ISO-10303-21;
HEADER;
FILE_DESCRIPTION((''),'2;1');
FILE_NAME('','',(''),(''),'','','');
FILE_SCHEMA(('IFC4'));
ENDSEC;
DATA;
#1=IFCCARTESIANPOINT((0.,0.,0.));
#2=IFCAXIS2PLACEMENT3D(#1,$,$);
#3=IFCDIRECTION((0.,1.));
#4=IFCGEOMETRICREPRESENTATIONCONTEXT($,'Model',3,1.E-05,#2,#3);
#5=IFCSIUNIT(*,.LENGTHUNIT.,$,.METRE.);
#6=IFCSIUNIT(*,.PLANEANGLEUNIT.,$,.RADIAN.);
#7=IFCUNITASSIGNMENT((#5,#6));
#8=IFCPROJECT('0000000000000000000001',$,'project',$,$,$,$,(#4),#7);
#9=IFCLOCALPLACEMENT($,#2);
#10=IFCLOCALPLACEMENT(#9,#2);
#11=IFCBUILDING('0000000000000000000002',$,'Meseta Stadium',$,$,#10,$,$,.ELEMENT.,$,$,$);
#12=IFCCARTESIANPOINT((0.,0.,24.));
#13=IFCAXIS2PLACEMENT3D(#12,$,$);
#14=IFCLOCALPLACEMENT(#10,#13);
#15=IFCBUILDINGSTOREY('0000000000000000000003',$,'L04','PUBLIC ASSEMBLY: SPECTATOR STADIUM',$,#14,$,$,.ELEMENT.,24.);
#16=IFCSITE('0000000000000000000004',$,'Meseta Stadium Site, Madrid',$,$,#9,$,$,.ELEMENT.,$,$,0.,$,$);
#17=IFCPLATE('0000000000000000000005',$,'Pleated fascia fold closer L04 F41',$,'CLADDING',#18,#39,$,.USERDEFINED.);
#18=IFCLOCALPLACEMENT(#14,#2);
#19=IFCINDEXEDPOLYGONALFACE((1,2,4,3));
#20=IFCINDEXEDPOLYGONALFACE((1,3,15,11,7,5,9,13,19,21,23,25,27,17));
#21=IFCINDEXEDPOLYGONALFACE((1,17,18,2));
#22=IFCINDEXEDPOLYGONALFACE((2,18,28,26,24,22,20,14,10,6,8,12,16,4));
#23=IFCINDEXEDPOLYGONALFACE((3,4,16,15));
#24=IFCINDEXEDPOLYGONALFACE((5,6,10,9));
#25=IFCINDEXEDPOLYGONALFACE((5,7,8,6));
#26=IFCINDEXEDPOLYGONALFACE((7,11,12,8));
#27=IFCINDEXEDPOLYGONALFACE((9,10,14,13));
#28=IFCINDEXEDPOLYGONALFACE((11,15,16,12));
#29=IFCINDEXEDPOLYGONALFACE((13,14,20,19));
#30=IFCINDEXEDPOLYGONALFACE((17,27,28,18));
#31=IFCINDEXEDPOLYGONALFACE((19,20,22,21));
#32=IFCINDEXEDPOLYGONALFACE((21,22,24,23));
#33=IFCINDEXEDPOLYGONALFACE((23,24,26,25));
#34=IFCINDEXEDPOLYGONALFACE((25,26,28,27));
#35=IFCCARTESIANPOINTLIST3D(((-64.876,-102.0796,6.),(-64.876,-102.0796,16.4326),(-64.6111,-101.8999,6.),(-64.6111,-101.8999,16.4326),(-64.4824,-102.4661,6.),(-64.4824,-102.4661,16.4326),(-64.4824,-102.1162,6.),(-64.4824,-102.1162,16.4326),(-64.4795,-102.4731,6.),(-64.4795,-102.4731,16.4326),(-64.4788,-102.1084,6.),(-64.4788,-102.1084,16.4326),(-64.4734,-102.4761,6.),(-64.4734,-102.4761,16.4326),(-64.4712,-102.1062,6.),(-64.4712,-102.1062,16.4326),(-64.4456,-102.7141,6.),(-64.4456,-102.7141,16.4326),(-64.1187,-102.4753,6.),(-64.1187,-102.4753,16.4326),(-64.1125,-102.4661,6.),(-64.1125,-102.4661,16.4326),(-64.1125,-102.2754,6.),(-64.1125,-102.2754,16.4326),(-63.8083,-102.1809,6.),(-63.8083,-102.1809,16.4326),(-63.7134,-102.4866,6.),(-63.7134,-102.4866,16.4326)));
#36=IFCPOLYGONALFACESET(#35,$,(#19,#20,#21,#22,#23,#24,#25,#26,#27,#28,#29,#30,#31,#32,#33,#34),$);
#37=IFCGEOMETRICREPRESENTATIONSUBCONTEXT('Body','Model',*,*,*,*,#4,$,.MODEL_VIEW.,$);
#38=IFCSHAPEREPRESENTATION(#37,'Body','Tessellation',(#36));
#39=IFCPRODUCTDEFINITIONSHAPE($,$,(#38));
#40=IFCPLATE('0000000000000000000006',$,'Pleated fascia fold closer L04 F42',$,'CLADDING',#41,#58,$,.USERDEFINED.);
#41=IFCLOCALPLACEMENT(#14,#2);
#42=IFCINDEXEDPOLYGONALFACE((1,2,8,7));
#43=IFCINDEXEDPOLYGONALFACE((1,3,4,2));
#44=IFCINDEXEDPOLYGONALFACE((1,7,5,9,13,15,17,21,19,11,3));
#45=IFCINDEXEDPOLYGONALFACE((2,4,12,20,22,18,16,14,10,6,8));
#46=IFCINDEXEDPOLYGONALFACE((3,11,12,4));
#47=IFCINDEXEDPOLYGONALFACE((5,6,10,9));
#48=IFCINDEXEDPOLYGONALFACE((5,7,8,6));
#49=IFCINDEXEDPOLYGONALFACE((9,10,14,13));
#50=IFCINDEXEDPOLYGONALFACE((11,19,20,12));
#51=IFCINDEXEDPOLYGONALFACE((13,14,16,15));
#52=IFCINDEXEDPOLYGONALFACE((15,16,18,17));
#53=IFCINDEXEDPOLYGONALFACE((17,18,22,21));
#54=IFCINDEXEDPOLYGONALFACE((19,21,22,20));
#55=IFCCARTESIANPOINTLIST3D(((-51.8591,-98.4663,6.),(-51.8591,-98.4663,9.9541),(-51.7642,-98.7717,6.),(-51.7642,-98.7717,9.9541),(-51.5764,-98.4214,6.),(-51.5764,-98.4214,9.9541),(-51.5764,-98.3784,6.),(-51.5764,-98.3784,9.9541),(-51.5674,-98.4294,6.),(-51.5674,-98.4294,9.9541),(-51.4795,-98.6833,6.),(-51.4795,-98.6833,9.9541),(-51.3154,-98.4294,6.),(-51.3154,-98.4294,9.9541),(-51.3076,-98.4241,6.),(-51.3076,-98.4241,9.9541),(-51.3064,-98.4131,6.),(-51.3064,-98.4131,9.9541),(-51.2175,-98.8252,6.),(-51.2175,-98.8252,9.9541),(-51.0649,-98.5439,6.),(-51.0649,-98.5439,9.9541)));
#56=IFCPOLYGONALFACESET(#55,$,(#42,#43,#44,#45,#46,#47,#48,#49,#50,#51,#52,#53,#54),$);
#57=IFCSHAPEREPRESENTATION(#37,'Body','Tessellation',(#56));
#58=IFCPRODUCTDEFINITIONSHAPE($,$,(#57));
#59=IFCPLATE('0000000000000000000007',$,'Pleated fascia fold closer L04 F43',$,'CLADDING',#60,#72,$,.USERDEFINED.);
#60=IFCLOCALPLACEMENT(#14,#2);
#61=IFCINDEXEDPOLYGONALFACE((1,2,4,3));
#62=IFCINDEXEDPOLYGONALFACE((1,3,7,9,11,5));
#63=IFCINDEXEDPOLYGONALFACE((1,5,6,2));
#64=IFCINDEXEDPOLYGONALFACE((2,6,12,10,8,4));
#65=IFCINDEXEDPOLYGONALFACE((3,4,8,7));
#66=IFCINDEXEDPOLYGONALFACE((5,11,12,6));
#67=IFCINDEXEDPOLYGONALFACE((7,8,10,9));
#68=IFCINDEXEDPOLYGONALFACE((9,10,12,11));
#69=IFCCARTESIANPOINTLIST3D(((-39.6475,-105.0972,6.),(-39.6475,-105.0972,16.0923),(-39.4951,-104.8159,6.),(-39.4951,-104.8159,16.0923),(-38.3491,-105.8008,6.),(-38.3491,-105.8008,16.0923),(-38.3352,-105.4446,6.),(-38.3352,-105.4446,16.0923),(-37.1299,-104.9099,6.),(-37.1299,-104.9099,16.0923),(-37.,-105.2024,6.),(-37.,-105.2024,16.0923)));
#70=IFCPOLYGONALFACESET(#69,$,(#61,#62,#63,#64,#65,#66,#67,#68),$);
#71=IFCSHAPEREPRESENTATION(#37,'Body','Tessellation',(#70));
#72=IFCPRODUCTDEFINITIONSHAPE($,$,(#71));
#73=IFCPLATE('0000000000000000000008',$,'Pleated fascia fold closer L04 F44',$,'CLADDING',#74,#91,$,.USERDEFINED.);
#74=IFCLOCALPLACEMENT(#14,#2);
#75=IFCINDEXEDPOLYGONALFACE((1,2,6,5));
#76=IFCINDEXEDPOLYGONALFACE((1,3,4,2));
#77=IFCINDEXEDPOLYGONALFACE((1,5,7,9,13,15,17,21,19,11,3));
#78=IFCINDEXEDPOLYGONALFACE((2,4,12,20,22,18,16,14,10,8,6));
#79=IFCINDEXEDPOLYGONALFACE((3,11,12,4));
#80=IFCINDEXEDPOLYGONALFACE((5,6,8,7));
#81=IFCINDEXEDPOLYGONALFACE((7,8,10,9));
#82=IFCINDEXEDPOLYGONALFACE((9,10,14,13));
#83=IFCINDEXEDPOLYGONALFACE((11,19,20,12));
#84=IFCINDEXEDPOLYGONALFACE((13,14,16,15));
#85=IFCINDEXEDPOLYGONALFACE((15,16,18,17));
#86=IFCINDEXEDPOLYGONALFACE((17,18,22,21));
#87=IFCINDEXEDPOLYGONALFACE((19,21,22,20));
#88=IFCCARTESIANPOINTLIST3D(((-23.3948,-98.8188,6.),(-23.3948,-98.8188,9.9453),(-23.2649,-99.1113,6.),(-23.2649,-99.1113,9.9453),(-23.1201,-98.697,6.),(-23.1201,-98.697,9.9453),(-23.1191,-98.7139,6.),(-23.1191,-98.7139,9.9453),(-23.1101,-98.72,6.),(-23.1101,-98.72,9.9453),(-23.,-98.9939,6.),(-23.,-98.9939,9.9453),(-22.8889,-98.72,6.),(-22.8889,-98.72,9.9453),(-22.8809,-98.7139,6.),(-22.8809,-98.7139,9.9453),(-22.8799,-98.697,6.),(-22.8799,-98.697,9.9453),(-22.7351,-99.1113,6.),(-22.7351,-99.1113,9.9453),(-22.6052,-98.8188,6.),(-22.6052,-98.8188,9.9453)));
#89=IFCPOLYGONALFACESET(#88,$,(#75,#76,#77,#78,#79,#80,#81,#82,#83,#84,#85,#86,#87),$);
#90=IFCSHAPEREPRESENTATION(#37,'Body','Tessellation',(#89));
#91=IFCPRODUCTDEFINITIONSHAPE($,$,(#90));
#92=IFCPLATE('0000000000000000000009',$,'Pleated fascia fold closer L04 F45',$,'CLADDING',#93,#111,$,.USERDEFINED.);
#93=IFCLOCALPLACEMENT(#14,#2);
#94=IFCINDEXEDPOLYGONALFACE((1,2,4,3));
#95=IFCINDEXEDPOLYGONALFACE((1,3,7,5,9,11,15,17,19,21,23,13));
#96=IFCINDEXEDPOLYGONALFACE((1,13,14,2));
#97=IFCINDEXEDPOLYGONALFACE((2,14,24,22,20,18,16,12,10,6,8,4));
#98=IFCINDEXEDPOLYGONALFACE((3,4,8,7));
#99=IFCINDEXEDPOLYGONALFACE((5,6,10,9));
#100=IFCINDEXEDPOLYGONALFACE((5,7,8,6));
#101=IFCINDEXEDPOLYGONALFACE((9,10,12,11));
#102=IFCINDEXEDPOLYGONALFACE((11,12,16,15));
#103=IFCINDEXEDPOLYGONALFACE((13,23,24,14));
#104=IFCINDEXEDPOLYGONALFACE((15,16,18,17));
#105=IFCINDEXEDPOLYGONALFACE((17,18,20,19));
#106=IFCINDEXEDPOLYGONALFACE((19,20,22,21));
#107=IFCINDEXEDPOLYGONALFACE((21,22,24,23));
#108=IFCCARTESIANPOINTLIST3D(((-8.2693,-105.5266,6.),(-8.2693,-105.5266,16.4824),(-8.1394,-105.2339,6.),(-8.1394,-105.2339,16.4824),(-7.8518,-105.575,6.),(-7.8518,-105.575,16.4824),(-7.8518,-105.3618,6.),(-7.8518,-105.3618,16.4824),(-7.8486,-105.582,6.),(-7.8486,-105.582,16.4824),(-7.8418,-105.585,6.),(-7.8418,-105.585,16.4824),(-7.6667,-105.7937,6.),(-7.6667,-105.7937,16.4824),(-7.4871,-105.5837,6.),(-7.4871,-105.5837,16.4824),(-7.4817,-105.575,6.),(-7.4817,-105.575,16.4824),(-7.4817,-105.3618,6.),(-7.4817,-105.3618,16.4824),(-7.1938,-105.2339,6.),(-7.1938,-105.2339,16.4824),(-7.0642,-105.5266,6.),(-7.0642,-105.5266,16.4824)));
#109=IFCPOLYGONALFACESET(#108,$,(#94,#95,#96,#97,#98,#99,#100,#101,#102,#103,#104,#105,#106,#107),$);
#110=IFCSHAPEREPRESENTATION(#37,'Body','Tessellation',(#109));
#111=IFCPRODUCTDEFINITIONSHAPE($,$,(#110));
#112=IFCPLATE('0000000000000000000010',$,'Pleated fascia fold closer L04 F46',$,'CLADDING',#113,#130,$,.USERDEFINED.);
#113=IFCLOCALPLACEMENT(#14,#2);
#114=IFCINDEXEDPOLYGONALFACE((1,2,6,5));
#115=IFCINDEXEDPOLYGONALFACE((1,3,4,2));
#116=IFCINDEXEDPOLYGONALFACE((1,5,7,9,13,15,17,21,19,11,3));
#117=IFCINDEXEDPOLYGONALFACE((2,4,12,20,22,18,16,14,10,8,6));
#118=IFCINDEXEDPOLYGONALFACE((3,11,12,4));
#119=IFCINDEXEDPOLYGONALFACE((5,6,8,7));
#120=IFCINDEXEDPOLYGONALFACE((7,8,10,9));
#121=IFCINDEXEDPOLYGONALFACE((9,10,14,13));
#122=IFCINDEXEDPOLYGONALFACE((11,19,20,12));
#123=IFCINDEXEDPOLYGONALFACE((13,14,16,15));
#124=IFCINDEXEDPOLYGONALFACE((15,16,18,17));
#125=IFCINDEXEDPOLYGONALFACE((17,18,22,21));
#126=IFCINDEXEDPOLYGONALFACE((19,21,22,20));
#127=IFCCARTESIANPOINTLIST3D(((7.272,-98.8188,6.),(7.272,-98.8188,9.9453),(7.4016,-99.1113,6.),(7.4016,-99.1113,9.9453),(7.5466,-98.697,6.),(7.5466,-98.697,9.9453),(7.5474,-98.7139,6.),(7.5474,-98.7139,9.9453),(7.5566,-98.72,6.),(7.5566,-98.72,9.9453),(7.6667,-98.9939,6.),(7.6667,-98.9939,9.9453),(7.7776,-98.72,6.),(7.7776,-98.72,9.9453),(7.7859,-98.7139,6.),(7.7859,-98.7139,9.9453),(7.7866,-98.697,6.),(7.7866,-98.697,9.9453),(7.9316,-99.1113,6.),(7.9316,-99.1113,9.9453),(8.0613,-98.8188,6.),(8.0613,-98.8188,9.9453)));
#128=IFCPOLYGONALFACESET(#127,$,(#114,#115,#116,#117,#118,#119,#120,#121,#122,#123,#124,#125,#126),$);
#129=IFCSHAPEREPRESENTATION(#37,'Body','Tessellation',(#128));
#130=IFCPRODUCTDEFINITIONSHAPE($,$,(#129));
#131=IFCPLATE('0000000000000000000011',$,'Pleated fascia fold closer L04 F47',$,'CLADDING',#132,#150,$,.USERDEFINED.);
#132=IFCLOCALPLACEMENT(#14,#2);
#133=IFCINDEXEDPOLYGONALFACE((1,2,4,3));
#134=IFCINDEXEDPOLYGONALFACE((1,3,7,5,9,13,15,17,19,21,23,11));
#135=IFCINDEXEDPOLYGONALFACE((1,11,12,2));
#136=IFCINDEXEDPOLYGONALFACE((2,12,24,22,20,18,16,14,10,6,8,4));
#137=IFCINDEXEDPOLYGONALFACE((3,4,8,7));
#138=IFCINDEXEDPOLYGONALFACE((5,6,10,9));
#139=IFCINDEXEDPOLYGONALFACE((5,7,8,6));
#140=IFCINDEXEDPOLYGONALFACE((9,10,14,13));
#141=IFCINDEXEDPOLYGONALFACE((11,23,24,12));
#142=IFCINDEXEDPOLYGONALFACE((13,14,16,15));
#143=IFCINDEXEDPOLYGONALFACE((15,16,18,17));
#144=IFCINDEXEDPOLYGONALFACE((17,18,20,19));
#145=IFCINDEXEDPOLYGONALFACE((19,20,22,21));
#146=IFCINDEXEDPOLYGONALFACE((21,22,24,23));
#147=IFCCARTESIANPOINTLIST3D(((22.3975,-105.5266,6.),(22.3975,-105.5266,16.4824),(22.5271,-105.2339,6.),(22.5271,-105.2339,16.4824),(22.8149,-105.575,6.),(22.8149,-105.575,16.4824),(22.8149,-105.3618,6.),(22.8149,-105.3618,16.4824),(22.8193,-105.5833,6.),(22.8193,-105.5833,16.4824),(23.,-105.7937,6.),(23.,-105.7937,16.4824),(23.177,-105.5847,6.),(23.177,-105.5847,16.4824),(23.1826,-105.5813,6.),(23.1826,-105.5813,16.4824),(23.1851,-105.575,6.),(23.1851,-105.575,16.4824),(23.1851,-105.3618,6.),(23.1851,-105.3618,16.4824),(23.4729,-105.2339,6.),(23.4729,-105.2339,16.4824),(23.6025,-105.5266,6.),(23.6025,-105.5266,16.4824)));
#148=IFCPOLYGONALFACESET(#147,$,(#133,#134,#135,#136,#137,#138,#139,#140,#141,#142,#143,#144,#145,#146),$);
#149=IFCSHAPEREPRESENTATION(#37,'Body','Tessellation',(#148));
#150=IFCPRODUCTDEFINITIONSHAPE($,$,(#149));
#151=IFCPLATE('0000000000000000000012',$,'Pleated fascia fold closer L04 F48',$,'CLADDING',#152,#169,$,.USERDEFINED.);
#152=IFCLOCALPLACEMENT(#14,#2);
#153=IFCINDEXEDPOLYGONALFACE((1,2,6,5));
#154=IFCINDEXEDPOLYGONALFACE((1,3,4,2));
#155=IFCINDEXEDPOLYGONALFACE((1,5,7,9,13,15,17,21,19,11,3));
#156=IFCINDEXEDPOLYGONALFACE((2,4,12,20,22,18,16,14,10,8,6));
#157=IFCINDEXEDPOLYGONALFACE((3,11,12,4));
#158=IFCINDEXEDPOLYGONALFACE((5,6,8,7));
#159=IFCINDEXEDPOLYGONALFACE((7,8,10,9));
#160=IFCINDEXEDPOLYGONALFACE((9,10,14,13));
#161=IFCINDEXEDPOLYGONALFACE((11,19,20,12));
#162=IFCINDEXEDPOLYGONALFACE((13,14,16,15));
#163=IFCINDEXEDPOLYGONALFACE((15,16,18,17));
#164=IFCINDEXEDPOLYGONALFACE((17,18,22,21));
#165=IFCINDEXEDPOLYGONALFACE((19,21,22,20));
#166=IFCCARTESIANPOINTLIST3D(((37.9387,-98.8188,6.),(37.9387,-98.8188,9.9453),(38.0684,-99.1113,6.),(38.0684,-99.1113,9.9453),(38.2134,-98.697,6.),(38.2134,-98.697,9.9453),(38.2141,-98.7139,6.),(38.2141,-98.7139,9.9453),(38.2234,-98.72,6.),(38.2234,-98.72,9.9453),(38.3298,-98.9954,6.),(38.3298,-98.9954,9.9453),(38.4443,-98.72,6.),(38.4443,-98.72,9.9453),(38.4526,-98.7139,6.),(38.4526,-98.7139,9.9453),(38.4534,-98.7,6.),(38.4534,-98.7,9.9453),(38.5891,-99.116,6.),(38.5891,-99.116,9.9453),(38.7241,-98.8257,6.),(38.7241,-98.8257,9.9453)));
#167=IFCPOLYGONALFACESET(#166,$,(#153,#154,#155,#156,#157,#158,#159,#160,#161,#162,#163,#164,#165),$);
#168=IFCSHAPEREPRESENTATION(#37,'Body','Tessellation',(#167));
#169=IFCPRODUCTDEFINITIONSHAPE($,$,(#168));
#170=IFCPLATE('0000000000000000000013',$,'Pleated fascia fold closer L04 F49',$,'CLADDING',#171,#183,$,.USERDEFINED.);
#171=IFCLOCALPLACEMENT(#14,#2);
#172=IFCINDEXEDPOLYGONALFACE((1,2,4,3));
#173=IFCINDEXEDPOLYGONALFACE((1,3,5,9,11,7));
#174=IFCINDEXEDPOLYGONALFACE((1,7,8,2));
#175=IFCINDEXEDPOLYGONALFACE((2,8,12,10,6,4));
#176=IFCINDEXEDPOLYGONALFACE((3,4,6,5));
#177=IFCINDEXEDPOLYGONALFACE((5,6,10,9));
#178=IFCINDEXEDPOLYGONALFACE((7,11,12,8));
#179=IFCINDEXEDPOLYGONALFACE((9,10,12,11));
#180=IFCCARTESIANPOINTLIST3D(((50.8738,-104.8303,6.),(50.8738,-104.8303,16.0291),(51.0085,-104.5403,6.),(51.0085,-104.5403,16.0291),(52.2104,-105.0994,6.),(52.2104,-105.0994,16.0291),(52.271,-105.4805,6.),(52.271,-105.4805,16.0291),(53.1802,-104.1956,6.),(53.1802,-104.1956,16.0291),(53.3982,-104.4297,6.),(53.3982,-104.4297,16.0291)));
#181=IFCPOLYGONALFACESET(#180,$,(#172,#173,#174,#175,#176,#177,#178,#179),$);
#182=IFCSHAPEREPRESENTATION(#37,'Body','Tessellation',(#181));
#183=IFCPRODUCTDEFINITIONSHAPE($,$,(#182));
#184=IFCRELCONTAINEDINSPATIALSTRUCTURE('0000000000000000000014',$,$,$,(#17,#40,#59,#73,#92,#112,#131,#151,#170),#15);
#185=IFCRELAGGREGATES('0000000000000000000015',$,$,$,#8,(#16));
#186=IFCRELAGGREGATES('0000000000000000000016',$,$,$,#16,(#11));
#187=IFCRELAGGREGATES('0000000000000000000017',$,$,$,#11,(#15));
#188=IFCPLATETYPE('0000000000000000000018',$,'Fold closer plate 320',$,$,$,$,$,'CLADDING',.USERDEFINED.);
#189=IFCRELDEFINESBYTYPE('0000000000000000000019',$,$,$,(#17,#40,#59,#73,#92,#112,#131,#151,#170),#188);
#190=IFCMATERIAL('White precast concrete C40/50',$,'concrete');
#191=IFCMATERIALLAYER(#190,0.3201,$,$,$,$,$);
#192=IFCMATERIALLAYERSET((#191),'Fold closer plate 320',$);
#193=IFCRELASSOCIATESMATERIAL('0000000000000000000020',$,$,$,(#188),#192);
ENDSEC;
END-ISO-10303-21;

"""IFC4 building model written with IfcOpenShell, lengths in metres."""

from ifc_helpers import new_model, si_unit, direction, frame, origin, place, context, subcontext, project, spatial, polyline, outline, extrude, material, layer, layer_set, type_object, element, save


model = new_model("IFC4")

# Units and contexts
model_context = context("Model", 3, precision=1e-05, world=origin(), true_north=direction((0.0, 1.0)))
body_context = subcontext(model_context, "Body", "Model", "MODEL_VIEW")
ifc_project = project(units=[si_unit("LENGTHUNIT", "METRE"), si_unit("PLANEANGLEUNIT", "RADIAN")], contexts=[model_context])

# Site, building, storey
site_placement = place(None, origin())
site = spatial("IfcSite", under=ifc_project, at=site_placement, Name="Meseta Stadium Site, Madrid", CompositionType="ELEMENT", RefElevation=0.0)
building_placement = place(site_placement, origin())
building = spatial("IfcBuilding", under=site, at=building_placement, Name="Meseta Stadium", CompositionType="ELEMENT")
storey_placement = place(building_placement, frame((0.0, 0.0, 24.0)))
storey = spatial("IfcBuildingStorey", under=building, at=storey_placement, Name="L04", Description="PUBLIC ASSEMBLY: SPECTATOR STADIUM", CompositionType="ELEMENT", Elevation=24.0)

# Plates
ifc_material_1 = material(Name="White precast concrete C40/50", Category="concrete")
ifc_layer_1 = layer(ifc_material_1, 0.3201)
ifc_layer_set_1 = layer_set([ifc_layer_1], Name="Fold closer plate 320")
plate_type = type_object("IfcPlateType", Name="Fold closer plate 320", ElementType="CLADDING", PredefinedType="USERDEFINED", material=ifc_layer_set_1)
plate_1_placement = place(storey_placement, frame((0.0, 0.0, 6.0)))
element("IfcPlate", 1, at=plate_1_placement, inside=storey, type_object=plate_type, Name="Pleated fascia fold closer L04 F41", ObjectType="CLADDING", PredefinedType="USERDEFINED", context=body_context, shape_type="SweptSolid", body=[
    extrude(outline(polyline([(-64.4456, -102.7141), (-63.7134, -102.4866), (-63.8083, -102.1809), (-64.1125, -102.2754), (-64.1125, -102.4661), (-64.1187, -102.4753), (-64.4734, -102.4761), (-64.4795, -102.4731), (-64.4824, -102.4661), (-64.4824, -102.1162), (-64.4788, -102.1084), (-64.4712, -102.1062), (-64.6111, -101.8999), (-64.876, -102.0796), (-64.4456, -102.7141)])), origin(), (0.0, 0.0, 1.0), 10.4326),
])
plate_2_placement = place(storey_placement, frame((0.0, 0.0, 6.0)))
element("IfcPlate", 2, at=plate_2_placement, inside=storey, type_object=plate_type, Name="Pleated fascia fold closer L04 F42", ObjectType="CLADDING", PredefinedType="USERDEFINED", context=body_context, shape_type="SweptSolid", body=[
    extrude(outline(polyline([(-51.7642, -98.7717), (-51.4795, -98.6833), (-51.2175, -98.8252), (-51.0649, -98.5439), (-51.3064, -98.4131), (-51.3076, -98.4241), (-51.3154, -98.4294), (-51.5674, -98.4294), (-51.5764, -98.4214), (-51.5764, -98.3784), (-51.8591, -98.4663), (-51.7642, -98.7717)])), origin(), (0.0, 0.0, 1.0), 3.9541),
])
plate_3_placement = place(storey_placement, frame((0.0, 0.0, 6.0)))
element("IfcPlate", 3, at=plate_3_placement, inside=storey, type_object=plate_type, Name="Pleated fascia fold closer L04 F43", ObjectType="CLADDING", PredefinedType="USERDEFINED", context=body_context, shape_type="SweptSolid", body=[
    extrude(outline(polyline([(-39.4951, -104.8159), (-39.6475, -105.0972), (-38.3491, -105.8008), (-37.0, -105.2024), (-37.1299, -104.9099), (-38.3352, -105.4446), (-39.4951, -104.8159)])), origin(), (0.0, 0.0, 1.0), 10.0923),
])
plate_4_placement = place(storey_placement, frame((0.0, 0.0, 6.0)))
element("IfcPlate", 4, at=plate_4_placement, inside=storey, type_object=plate_type, Name="Pleated fascia fold closer L04 F44", ObjectType="CLADDING", PredefinedType="USERDEFINED", context=body_context, shape_type="SweptSolid", body=[
    extrude(outline(polyline([(-23.1201, -98.697), (-23.3948, -98.8188), (-23.2649, -99.1113), (-23.0, -98.9939), (-22.7351, -99.1113), (-22.6052, -98.8188), (-22.8799, -98.697), (-22.8809, -98.7139), (-22.8889, -98.72), (-23.1101, -98.72), (-23.1191, -98.7139), (-23.1201, -98.697)])), origin(), (0.0, 0.0, 1.0), 3.9453),
])
plate_5_placement = place(storey_placement, frame((0.0, 0.0, 6.0)))
element("IfcPlate", 5, at=plate_5_placement, inside=storey, type_object=plate_type, Name="Pleated fascia fold closer L04 F45", ObjectType="CLADDING", PredefinedType="USERDEFINED", context=body_context, shape_type="SweptSolid", body=[
    extrude(outline(polyline([(-7.6667, -105.7937), (-7.0642, -105.5266), (-7.1938, -105.2339), (-7.4817, -105.3618), (-7.4817, -105.575), (-7.4871, -105.5837), (-7.8418, -105.585), (-7.8486, -105.582), (-7.8518, -105.575), (-7.8518, -105.3618), (-8.1394, -105.2339), (-8.2693, -105.5266), (-7.6667, -105.7937)])), origin(), (0.0, 0.0, 1.0), 10.4824),
])
plate_6_placement = place(storey_placement, frame((0.0, 0.0, 6.0)))
element("IfcPlate", 6, at=plate_6_placement, inside=storey, type_object=plate_type, Name="Pleated fascia fold closer L04 F46", ObjectType="CLADDING", PredefinedType="USERDEFINED", context=body_context, shape_type="SweptSolid", body=[
    extrude(outline(polyline([(7.6667, -98.9939), (7.9316, -99.1113), (8.0613, -98.8188), (7.7866, -98.697), (7.7859, -98.7139), (7.7776, -98.72), (7.5566, -98.72), (7.5474, -98.7139), (7.5466, -98.697), (7.272, -98.8188), (7.4016, -99.1113), (7.6667, -98.9939)])), origin(), (0.0, 0.0, 1.0), 3.9453),
])
plate_7_placement = place(storey_placement, frame((0.0, 0.0, 6.0)))
element("IfcPlate", 7, at=plate_7_placement, inside=storey, type_object=plate_type, Name="Pleated fascia fold closer L04 F47", ObjectType="CLADDING", PredefinedType="USERDEFINED", context=body_context, shape_type="SweptSolid", body=[
    extrude(outline(polyline([(22.8149, -105.3618), (22.5271, -105.2339), (22.3975, -105.5266), (23.0, -105.7937), (23.6025, -105.5266), (23.4729, -105.2339), (23.1851, -105.3618), (23.1851, -105.575), (23.1826, -105.5813), (23.177, -105.5847), (22.8193, -105.5833), (22.8149, -105.575), (22.8149, -105.3618)])), origin(), (0.0, 0.0, 1.0), 10.4824),
])
plate_8_placement = place(storey_placement, frame((0.0, 0.0, 6.0)))
element("IfcPlate", 8, at=plate_8_placement, inside=storey, type_object=plate_type, Name="Pleated fascia fold closer L04 F48", ObjectType="CLADDING", PredefinedType="USERDEFINED", context=body_context, shape_type="SweptSolid", body=[
    extrude(outline(polyline([(38.3298, -98.9954), (38.5891, -99.116), (38.7241, -98.8257), (38.4534, -98.7), (38.4526, -98.7139), (38.4443, -98.72), (38.2234, -98.72), (38.2141, -98.7139), (38.2134, -98.697), (37.9387, -98.8188), (38.0684, -99.1113), (38.3298, -98.9954)])), origin(), (0.0, 0.0, 1.0), 3.9453),
])
plate_9_placement = place(storey_placement, frame((0.0, 0.0, 6.0)))
element("IfcPlate", 9, at=plate_9_placement, inside=storey, type_object=plate_type, Name="Pleated fascia fold closer L04 F49", ObjectType="CLADDING", PredefinedType="USERDEFINED", context=body_context, shape_type="SweptSolid", body=[
    extrude(outline(polyline([(51.0085, -104.5403), (50.8738, -104.8303), (52.271, -105.4805), (53.3982, -104.4297), (53.1802, -104.1956), (52.2104, -105.0994), (51.0085, -104.5403)])), origin(), (0.0, 0.0, 1.0), 10.0291),
])

save(model, "model.ifc")
